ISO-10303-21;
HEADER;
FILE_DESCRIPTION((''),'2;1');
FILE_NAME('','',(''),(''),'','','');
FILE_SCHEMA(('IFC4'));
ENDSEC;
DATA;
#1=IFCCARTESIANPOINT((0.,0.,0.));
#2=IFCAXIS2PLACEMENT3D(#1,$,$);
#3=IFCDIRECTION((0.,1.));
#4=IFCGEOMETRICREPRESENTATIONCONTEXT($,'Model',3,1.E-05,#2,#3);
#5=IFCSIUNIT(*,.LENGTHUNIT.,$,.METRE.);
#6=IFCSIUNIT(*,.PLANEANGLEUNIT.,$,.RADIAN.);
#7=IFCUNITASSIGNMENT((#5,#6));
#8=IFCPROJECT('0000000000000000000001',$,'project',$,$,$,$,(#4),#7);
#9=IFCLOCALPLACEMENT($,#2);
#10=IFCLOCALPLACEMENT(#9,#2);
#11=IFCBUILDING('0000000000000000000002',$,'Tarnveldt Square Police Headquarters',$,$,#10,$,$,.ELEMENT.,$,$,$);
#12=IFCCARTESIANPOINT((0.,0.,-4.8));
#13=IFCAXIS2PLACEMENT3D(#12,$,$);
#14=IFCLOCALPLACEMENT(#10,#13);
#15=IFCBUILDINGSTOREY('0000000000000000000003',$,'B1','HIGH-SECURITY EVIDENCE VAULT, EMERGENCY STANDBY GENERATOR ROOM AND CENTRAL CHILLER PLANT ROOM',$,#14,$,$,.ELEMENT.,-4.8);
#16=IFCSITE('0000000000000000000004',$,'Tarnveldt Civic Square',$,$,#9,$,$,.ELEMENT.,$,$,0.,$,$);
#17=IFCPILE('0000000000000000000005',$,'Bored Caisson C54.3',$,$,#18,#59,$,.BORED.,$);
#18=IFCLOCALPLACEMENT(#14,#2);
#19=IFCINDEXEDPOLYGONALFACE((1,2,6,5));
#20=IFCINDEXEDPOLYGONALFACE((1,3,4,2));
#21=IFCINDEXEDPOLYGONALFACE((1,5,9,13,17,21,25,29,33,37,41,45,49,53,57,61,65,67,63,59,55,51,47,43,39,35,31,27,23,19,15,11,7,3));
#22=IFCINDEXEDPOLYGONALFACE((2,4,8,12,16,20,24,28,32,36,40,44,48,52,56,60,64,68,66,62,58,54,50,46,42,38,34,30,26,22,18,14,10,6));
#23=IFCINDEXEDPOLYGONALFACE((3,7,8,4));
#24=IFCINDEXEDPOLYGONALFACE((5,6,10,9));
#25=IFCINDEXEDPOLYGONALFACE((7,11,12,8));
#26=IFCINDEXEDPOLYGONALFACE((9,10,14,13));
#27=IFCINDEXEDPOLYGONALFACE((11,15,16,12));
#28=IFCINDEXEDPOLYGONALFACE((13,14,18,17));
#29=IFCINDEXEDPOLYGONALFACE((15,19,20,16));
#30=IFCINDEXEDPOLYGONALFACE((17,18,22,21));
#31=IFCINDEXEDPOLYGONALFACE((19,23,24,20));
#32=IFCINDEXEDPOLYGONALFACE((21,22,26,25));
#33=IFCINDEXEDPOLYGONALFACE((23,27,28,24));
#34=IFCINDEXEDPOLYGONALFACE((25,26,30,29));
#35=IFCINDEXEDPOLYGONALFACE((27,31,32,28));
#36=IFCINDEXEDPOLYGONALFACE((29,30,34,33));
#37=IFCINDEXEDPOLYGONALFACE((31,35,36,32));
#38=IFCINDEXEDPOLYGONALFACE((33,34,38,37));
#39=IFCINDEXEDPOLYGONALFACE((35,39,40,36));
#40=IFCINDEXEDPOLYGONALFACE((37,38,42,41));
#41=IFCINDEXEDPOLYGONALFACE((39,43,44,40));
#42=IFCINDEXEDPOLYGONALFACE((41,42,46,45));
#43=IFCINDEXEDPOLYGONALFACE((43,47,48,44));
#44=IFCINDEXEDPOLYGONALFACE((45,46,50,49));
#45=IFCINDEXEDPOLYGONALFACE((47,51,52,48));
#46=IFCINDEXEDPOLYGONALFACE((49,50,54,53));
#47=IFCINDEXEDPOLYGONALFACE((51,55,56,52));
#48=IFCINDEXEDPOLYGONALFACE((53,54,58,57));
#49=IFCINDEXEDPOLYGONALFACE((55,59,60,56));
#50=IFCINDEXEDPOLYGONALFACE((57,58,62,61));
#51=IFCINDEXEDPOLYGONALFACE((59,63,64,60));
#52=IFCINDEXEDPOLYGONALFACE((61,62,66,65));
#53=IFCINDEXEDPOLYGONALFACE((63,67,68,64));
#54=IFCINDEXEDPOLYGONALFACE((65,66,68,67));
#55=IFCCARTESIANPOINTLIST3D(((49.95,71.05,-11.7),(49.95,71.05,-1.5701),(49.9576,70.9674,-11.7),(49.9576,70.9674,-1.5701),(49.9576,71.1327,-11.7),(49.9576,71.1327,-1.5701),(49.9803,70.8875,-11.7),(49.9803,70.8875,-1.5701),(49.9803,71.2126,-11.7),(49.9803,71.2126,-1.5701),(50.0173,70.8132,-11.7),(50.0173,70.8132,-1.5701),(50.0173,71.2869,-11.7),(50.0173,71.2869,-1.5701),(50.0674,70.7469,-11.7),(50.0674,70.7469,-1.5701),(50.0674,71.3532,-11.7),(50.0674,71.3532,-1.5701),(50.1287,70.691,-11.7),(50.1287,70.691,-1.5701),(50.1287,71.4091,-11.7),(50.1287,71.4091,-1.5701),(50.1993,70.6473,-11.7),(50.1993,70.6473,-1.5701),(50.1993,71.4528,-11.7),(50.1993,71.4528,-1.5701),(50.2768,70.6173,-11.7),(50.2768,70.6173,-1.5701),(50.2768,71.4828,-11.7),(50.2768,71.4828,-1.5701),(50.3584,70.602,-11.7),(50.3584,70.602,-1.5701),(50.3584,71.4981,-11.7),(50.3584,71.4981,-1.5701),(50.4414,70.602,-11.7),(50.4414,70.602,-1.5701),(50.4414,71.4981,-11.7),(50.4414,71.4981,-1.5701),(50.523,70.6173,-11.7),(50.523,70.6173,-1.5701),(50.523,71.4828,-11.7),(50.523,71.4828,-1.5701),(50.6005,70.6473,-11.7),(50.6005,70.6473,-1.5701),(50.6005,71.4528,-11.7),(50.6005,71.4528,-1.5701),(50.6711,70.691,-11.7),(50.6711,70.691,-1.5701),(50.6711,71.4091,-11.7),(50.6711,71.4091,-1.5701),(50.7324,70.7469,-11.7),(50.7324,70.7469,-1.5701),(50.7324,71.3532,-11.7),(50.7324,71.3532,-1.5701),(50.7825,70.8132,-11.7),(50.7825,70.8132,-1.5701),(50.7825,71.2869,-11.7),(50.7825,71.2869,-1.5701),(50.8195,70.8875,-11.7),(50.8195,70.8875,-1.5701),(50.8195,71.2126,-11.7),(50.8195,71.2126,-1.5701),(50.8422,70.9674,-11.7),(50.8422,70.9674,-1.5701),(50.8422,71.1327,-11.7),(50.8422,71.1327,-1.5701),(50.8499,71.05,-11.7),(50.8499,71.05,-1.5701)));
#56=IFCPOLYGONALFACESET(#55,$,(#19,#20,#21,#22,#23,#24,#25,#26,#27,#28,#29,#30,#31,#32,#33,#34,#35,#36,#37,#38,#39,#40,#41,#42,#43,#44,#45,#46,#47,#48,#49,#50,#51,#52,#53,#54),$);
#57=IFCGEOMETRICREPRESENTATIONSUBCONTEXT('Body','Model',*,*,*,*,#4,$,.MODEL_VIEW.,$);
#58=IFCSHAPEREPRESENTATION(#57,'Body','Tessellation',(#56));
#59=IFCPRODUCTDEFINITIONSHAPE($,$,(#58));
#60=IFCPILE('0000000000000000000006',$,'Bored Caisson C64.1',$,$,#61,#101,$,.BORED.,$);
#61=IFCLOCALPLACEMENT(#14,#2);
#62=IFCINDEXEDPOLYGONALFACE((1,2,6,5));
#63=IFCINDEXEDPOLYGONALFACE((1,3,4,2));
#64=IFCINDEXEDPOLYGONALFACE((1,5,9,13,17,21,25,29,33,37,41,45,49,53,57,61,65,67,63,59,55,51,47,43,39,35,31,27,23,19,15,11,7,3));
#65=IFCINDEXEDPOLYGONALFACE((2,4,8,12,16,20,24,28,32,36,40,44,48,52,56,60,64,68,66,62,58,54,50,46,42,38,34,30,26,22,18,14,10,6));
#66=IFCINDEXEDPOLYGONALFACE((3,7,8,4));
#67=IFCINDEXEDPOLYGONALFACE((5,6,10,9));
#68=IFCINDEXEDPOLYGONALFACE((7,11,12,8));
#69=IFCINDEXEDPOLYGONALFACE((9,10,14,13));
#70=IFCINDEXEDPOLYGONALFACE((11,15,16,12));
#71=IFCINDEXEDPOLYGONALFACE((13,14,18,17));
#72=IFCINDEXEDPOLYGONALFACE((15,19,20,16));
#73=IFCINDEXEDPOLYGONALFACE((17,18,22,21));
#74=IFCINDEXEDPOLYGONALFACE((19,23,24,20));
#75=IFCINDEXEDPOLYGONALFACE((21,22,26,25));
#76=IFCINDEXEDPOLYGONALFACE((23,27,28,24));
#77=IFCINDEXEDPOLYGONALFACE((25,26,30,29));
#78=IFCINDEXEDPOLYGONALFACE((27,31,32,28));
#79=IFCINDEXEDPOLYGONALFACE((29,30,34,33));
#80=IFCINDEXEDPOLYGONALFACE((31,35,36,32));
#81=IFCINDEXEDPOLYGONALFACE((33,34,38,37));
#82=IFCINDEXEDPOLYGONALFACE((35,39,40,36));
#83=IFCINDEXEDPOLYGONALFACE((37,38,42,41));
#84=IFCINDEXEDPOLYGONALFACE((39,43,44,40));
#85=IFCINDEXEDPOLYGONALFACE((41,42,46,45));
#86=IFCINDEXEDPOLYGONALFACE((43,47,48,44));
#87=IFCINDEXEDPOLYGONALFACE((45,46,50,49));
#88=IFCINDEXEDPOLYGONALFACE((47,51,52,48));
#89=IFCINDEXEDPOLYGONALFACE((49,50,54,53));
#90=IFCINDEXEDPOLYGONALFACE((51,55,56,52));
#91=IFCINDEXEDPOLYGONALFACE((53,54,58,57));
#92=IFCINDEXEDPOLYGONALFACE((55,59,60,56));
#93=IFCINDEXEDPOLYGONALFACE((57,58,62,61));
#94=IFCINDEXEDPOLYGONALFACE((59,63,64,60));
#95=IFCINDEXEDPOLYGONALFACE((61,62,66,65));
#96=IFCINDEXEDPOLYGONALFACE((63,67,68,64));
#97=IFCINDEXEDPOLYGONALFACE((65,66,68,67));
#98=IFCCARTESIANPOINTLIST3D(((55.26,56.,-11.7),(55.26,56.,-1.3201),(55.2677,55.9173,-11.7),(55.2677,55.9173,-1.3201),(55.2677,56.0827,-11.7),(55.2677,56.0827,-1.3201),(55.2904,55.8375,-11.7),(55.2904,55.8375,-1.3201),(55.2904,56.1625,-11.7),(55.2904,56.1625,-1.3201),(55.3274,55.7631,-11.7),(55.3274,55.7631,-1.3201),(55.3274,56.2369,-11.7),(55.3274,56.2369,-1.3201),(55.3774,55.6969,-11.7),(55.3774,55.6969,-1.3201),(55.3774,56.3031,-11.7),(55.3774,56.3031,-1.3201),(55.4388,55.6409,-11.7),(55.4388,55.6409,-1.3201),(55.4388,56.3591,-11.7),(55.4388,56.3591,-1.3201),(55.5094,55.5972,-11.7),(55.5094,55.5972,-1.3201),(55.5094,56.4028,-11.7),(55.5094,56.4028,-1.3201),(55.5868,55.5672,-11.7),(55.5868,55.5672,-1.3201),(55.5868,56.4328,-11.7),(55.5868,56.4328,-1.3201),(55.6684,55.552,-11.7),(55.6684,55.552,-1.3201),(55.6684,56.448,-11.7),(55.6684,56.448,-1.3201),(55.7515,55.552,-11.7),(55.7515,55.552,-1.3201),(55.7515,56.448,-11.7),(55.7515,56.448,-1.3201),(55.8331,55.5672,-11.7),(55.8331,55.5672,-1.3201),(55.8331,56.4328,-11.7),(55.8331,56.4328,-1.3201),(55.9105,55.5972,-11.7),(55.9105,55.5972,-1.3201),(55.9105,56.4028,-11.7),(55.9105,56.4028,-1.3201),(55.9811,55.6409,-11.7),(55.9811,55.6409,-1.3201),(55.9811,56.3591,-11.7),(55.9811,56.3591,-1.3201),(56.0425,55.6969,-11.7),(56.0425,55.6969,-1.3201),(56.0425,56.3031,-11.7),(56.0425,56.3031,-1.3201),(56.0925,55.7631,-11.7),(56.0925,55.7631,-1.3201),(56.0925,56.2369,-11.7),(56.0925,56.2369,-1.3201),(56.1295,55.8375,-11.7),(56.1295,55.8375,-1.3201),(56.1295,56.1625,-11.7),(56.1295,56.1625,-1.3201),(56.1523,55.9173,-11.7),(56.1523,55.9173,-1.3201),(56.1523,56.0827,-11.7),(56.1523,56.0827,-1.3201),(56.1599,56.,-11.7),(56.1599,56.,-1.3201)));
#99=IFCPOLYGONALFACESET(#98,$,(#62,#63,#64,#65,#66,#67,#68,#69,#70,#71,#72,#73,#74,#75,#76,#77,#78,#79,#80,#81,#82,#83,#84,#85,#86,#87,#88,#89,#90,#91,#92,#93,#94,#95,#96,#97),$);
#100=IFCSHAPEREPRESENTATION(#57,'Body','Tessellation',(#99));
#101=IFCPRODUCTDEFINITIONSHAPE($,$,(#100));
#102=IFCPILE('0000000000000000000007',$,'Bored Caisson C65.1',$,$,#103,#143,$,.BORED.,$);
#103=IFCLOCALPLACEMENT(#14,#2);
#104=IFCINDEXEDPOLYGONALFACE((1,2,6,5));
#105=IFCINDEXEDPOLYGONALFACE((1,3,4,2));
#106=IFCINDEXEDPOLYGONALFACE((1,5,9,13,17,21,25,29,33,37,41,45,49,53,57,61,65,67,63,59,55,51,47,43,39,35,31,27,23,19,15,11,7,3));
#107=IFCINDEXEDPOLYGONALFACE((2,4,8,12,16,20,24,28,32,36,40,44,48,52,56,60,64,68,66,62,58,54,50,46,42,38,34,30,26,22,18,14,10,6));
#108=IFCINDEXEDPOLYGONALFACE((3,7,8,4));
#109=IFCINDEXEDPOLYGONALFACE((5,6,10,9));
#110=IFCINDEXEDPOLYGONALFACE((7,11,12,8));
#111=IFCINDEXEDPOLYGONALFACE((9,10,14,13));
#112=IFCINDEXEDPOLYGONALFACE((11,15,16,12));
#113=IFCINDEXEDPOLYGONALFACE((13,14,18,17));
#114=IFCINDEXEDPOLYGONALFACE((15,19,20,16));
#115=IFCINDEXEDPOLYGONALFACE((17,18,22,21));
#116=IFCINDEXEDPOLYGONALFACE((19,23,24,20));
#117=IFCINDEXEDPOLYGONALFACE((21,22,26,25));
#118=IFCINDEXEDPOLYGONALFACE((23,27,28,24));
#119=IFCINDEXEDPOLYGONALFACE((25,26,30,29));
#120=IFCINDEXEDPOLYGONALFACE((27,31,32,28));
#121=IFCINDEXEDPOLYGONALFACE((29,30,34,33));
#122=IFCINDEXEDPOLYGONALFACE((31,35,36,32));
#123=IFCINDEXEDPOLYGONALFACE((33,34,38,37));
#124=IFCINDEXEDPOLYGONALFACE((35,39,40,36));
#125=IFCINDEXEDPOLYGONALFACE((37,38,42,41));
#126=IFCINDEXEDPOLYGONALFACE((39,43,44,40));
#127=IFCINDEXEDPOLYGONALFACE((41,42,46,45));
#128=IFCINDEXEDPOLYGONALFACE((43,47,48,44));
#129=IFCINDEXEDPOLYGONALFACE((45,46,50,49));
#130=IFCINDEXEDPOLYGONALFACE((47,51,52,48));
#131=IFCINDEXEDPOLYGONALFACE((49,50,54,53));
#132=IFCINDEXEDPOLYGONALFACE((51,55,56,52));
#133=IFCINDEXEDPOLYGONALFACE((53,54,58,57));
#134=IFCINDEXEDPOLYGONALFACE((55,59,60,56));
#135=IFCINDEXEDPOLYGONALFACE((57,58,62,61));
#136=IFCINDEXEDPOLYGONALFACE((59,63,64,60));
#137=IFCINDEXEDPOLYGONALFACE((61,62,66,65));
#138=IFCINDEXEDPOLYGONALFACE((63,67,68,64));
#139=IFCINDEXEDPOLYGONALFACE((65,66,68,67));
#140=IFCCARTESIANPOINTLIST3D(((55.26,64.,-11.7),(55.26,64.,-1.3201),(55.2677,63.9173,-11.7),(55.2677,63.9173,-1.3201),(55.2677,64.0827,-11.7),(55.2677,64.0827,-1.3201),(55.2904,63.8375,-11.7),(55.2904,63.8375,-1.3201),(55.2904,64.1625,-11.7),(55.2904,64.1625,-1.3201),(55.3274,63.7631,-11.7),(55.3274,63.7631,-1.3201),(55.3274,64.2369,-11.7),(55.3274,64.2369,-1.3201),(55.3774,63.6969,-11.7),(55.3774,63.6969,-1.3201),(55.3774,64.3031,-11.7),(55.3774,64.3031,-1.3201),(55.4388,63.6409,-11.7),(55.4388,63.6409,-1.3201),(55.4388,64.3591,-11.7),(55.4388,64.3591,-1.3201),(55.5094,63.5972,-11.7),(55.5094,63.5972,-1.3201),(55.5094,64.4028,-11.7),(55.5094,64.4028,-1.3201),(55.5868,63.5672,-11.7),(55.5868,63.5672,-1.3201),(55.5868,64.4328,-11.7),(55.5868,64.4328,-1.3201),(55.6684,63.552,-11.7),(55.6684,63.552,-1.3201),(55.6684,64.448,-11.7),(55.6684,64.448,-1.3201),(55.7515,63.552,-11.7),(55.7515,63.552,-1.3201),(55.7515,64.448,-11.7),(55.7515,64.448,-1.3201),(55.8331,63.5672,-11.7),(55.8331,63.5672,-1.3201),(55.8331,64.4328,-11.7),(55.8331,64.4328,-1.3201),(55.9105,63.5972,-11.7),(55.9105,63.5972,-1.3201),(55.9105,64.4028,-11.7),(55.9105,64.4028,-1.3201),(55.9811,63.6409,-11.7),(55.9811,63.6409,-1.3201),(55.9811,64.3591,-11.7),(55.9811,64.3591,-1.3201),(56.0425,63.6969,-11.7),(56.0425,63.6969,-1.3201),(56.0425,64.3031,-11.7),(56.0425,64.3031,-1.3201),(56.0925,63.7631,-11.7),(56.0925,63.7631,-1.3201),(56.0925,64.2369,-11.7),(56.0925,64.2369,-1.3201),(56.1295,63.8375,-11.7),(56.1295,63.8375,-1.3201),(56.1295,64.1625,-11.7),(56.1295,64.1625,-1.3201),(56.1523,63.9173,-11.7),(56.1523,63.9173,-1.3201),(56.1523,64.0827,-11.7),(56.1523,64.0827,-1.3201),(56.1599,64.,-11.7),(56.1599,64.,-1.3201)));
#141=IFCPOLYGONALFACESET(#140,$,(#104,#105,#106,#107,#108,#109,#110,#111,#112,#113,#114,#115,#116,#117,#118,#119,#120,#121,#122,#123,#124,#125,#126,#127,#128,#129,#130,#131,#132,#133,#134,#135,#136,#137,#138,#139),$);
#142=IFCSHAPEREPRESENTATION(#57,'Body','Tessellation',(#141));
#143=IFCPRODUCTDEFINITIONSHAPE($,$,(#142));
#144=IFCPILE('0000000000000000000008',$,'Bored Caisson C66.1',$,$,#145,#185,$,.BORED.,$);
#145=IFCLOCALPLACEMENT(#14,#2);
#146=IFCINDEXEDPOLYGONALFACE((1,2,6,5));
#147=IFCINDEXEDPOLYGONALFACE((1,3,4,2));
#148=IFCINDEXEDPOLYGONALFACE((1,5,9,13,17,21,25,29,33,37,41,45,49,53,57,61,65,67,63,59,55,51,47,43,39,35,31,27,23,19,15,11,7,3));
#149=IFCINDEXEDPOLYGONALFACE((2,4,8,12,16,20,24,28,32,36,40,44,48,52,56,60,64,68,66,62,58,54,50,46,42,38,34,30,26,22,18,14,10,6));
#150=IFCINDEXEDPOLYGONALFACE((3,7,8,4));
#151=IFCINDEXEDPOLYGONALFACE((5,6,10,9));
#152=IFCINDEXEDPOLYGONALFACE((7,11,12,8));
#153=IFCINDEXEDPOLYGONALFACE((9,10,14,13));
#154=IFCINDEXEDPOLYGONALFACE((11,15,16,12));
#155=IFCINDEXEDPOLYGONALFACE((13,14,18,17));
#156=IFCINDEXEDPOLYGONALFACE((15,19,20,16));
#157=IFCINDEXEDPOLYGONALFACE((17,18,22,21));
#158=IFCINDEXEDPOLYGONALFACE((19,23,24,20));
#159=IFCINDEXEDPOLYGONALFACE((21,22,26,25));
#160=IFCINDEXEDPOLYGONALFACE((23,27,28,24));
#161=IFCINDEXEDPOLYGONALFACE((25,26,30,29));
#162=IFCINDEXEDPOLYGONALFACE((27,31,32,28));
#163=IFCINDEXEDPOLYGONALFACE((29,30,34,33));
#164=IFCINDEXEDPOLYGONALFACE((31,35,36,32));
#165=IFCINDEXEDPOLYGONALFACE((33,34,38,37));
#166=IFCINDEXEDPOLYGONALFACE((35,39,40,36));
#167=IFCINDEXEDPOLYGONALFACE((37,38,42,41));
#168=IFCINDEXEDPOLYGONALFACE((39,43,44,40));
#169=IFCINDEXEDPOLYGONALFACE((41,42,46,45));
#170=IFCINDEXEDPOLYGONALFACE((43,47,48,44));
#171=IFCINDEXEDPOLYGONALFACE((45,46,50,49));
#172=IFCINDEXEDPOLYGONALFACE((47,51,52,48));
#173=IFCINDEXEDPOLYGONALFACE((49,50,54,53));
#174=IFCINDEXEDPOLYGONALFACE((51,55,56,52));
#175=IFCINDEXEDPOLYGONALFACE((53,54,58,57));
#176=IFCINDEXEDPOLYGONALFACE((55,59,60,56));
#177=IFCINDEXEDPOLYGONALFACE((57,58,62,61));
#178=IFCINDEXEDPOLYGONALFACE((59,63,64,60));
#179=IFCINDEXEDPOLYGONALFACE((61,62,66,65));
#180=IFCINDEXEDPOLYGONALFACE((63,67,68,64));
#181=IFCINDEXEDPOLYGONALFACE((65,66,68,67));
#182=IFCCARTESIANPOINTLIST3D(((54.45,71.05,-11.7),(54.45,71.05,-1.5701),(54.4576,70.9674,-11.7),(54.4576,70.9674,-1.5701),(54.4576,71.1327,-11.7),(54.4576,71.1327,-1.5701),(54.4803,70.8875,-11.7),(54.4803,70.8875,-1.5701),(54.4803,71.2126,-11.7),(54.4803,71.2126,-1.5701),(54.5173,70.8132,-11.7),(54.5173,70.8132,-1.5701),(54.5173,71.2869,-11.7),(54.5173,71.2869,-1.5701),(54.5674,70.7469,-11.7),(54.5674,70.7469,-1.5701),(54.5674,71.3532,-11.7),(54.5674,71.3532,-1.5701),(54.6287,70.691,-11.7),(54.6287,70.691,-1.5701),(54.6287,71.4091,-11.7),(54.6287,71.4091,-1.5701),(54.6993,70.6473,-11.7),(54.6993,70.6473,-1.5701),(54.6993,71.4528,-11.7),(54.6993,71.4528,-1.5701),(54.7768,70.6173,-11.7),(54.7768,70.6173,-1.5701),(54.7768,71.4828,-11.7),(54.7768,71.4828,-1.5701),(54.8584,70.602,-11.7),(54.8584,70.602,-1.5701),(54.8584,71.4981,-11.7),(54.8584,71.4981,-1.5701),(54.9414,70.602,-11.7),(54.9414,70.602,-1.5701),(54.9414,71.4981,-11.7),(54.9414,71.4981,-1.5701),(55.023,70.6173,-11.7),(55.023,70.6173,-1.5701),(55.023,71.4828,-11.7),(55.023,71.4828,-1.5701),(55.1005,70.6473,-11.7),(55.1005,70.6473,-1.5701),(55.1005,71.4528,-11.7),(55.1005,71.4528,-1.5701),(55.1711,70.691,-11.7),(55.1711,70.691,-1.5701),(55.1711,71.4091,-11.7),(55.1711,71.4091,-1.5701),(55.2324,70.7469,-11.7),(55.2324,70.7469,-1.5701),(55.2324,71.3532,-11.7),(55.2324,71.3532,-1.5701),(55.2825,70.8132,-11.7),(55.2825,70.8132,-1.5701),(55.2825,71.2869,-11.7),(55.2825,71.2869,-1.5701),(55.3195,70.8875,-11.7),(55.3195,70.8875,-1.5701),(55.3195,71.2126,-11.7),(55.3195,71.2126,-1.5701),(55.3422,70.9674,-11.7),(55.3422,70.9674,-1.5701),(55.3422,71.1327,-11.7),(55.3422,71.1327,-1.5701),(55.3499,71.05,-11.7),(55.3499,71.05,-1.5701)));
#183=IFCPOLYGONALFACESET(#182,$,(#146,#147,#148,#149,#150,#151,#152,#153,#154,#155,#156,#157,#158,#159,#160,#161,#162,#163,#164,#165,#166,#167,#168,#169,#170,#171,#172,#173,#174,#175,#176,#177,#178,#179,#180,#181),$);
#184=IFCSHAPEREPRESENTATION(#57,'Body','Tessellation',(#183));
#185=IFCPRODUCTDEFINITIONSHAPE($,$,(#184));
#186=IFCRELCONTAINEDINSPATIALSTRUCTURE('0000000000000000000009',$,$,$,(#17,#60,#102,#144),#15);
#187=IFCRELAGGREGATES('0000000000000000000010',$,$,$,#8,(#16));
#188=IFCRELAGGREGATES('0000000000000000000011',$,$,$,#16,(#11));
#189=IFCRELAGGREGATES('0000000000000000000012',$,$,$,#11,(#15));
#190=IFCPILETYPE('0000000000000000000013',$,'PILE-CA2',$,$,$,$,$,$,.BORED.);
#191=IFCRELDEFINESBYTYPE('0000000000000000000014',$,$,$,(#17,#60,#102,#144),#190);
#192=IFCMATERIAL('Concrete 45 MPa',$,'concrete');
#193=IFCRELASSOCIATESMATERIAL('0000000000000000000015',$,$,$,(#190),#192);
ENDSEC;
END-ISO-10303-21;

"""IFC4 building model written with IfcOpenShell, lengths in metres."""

from ifc_helpers import new_model, si_unit, direction, frame, origin, origin_2d, place, context, subcontext, project, spatial, circle, extrude, material, material_profile, profile_set, type_object, element, save


model = new_model("IFC4")

# Units and contexts
model_context = context("Model", 3, precision=1e-05, world=origin(), true_north=direction((0.0, 1.0)))
body_context = subcontext(model_context, "Body", "Model", "MODEL_VIEW")
ifc_project = project(units=[si_unit("LENGTHUNIT", "METRE"), si_unit("PLANEANGLEUNIT", "RADIAN")], contexts=[model_context])

# Site, building, storey
site_placement = place(None, origin())
site = spatial("IfcSite", under=ifc_project, at=site_placement, Name="Tarnveldt Civic Square", CompositionType="ELEMENT", RefElevation=0.0)
building_placement = place(site_placement, origin())
building = spatial("IfcBuilding", under=site, at=building_placement, Name="Tarnveldt Square Police Headquarters", CompositionType="ELEMENT")
storey_placement = place(building_placement, frame((0.0, 0.0, -4.8)))
storey = spatial("IfcBuildingStorey", under=building, at=storey_placement, Name="B1", Description="HIGH-SECURITY EVIDENCE VAULT, EMERGENCY STANDBY GENERATOR ROOM AND CENTRAL CHILLER PLANT ROOM", CompositionType="ELEMENT", Elevation=-4.8)

# Shared definitions
ifc_material_1 = material(Name="Concrete 45 MPa", Category="concrete")

# Piles
ifc_material_profile_1 = material_profile(ifc_material_1, circle(Radius=0.45, at=origin_2d()), Name="CAISSON-D900")
ifc_profile_set_1 = profile_set([ifc_material_profile_1], Name="Concrete 45 MPa")
pile_type_1 = type_object("IfcPileType", Name="PILE-CA2", PredefinedType="BORED", material=ifc_profile_set_1)
for number, where, z_axis, x_axis, name in (
    (1, (50.3999, 71.05, -1.5701), (0.0, 0.0, -1.0), (1.0, 0.0, 0.0), "Bored Caisson C54.3"),
):
    element("IfcPile", number, at=place(storey_placement, frame(where, z_axis=z_axis, x_axis=x_axis)), inside=storey, type_object=pile_type_1, Name=name, PredefinedType="BORED", context=body_context, shape_type="SweptSolid", body=[
        extrude(circle(Radius=0.45, at=origin_2d()), origin(), (0.0, 0.0, 1.0), 10.1299),
    ])
for number, where, z_axis, x_axis, name in (
    (2, (55.71, 56.0, -1.3201), (0.0, 0.0, -1.0), (1.0, 0.0, 0.0), "Bored Caisson C64.1"),
    (3, (55.71, 64.0, -1.3201), (0.0, 0.0, -1.0), (1.0, 0.0, 0.0), "Bored Caisson C65.1"),
):
    element("IfcPile", number, at=place(storey_placement, frame(where, z_axis=z_axis, x_axis=x_axis)), inside=storey, type_object=pile_type_1, Name=name, PredefinedType="BORED", context=body_context, shape_type="SweptSolid", body=[
        extrude(circle(Radius=0.45, at=origin_2d()), origin(), (0.0, 0.0, 1.0), 10.3799),
    ])
for number, where, z_axis, x_axis, name in (
    (4, (54.8999, 71.05, -1.5701), (0.0, 0.0, -1.0), (1.0, 0.0, 0.0), "Bored Caisson C66.1"),
):
    element("IfcPile", number, at=place(storey_placement, frame(where, z_axis=z_axis, x_axis=x_axis)), inside=storey, type_object=pile_type_1, Name=name, PredefinedType="BORED", context=body_context, shape_type="SweptSolid", body=[
        extrude(circle(Radius=0.45, at=origin_2d()), origin(), (0.0, 0.0, 1.0), 10.1299),
    ])

save(model, "model.ifc")
